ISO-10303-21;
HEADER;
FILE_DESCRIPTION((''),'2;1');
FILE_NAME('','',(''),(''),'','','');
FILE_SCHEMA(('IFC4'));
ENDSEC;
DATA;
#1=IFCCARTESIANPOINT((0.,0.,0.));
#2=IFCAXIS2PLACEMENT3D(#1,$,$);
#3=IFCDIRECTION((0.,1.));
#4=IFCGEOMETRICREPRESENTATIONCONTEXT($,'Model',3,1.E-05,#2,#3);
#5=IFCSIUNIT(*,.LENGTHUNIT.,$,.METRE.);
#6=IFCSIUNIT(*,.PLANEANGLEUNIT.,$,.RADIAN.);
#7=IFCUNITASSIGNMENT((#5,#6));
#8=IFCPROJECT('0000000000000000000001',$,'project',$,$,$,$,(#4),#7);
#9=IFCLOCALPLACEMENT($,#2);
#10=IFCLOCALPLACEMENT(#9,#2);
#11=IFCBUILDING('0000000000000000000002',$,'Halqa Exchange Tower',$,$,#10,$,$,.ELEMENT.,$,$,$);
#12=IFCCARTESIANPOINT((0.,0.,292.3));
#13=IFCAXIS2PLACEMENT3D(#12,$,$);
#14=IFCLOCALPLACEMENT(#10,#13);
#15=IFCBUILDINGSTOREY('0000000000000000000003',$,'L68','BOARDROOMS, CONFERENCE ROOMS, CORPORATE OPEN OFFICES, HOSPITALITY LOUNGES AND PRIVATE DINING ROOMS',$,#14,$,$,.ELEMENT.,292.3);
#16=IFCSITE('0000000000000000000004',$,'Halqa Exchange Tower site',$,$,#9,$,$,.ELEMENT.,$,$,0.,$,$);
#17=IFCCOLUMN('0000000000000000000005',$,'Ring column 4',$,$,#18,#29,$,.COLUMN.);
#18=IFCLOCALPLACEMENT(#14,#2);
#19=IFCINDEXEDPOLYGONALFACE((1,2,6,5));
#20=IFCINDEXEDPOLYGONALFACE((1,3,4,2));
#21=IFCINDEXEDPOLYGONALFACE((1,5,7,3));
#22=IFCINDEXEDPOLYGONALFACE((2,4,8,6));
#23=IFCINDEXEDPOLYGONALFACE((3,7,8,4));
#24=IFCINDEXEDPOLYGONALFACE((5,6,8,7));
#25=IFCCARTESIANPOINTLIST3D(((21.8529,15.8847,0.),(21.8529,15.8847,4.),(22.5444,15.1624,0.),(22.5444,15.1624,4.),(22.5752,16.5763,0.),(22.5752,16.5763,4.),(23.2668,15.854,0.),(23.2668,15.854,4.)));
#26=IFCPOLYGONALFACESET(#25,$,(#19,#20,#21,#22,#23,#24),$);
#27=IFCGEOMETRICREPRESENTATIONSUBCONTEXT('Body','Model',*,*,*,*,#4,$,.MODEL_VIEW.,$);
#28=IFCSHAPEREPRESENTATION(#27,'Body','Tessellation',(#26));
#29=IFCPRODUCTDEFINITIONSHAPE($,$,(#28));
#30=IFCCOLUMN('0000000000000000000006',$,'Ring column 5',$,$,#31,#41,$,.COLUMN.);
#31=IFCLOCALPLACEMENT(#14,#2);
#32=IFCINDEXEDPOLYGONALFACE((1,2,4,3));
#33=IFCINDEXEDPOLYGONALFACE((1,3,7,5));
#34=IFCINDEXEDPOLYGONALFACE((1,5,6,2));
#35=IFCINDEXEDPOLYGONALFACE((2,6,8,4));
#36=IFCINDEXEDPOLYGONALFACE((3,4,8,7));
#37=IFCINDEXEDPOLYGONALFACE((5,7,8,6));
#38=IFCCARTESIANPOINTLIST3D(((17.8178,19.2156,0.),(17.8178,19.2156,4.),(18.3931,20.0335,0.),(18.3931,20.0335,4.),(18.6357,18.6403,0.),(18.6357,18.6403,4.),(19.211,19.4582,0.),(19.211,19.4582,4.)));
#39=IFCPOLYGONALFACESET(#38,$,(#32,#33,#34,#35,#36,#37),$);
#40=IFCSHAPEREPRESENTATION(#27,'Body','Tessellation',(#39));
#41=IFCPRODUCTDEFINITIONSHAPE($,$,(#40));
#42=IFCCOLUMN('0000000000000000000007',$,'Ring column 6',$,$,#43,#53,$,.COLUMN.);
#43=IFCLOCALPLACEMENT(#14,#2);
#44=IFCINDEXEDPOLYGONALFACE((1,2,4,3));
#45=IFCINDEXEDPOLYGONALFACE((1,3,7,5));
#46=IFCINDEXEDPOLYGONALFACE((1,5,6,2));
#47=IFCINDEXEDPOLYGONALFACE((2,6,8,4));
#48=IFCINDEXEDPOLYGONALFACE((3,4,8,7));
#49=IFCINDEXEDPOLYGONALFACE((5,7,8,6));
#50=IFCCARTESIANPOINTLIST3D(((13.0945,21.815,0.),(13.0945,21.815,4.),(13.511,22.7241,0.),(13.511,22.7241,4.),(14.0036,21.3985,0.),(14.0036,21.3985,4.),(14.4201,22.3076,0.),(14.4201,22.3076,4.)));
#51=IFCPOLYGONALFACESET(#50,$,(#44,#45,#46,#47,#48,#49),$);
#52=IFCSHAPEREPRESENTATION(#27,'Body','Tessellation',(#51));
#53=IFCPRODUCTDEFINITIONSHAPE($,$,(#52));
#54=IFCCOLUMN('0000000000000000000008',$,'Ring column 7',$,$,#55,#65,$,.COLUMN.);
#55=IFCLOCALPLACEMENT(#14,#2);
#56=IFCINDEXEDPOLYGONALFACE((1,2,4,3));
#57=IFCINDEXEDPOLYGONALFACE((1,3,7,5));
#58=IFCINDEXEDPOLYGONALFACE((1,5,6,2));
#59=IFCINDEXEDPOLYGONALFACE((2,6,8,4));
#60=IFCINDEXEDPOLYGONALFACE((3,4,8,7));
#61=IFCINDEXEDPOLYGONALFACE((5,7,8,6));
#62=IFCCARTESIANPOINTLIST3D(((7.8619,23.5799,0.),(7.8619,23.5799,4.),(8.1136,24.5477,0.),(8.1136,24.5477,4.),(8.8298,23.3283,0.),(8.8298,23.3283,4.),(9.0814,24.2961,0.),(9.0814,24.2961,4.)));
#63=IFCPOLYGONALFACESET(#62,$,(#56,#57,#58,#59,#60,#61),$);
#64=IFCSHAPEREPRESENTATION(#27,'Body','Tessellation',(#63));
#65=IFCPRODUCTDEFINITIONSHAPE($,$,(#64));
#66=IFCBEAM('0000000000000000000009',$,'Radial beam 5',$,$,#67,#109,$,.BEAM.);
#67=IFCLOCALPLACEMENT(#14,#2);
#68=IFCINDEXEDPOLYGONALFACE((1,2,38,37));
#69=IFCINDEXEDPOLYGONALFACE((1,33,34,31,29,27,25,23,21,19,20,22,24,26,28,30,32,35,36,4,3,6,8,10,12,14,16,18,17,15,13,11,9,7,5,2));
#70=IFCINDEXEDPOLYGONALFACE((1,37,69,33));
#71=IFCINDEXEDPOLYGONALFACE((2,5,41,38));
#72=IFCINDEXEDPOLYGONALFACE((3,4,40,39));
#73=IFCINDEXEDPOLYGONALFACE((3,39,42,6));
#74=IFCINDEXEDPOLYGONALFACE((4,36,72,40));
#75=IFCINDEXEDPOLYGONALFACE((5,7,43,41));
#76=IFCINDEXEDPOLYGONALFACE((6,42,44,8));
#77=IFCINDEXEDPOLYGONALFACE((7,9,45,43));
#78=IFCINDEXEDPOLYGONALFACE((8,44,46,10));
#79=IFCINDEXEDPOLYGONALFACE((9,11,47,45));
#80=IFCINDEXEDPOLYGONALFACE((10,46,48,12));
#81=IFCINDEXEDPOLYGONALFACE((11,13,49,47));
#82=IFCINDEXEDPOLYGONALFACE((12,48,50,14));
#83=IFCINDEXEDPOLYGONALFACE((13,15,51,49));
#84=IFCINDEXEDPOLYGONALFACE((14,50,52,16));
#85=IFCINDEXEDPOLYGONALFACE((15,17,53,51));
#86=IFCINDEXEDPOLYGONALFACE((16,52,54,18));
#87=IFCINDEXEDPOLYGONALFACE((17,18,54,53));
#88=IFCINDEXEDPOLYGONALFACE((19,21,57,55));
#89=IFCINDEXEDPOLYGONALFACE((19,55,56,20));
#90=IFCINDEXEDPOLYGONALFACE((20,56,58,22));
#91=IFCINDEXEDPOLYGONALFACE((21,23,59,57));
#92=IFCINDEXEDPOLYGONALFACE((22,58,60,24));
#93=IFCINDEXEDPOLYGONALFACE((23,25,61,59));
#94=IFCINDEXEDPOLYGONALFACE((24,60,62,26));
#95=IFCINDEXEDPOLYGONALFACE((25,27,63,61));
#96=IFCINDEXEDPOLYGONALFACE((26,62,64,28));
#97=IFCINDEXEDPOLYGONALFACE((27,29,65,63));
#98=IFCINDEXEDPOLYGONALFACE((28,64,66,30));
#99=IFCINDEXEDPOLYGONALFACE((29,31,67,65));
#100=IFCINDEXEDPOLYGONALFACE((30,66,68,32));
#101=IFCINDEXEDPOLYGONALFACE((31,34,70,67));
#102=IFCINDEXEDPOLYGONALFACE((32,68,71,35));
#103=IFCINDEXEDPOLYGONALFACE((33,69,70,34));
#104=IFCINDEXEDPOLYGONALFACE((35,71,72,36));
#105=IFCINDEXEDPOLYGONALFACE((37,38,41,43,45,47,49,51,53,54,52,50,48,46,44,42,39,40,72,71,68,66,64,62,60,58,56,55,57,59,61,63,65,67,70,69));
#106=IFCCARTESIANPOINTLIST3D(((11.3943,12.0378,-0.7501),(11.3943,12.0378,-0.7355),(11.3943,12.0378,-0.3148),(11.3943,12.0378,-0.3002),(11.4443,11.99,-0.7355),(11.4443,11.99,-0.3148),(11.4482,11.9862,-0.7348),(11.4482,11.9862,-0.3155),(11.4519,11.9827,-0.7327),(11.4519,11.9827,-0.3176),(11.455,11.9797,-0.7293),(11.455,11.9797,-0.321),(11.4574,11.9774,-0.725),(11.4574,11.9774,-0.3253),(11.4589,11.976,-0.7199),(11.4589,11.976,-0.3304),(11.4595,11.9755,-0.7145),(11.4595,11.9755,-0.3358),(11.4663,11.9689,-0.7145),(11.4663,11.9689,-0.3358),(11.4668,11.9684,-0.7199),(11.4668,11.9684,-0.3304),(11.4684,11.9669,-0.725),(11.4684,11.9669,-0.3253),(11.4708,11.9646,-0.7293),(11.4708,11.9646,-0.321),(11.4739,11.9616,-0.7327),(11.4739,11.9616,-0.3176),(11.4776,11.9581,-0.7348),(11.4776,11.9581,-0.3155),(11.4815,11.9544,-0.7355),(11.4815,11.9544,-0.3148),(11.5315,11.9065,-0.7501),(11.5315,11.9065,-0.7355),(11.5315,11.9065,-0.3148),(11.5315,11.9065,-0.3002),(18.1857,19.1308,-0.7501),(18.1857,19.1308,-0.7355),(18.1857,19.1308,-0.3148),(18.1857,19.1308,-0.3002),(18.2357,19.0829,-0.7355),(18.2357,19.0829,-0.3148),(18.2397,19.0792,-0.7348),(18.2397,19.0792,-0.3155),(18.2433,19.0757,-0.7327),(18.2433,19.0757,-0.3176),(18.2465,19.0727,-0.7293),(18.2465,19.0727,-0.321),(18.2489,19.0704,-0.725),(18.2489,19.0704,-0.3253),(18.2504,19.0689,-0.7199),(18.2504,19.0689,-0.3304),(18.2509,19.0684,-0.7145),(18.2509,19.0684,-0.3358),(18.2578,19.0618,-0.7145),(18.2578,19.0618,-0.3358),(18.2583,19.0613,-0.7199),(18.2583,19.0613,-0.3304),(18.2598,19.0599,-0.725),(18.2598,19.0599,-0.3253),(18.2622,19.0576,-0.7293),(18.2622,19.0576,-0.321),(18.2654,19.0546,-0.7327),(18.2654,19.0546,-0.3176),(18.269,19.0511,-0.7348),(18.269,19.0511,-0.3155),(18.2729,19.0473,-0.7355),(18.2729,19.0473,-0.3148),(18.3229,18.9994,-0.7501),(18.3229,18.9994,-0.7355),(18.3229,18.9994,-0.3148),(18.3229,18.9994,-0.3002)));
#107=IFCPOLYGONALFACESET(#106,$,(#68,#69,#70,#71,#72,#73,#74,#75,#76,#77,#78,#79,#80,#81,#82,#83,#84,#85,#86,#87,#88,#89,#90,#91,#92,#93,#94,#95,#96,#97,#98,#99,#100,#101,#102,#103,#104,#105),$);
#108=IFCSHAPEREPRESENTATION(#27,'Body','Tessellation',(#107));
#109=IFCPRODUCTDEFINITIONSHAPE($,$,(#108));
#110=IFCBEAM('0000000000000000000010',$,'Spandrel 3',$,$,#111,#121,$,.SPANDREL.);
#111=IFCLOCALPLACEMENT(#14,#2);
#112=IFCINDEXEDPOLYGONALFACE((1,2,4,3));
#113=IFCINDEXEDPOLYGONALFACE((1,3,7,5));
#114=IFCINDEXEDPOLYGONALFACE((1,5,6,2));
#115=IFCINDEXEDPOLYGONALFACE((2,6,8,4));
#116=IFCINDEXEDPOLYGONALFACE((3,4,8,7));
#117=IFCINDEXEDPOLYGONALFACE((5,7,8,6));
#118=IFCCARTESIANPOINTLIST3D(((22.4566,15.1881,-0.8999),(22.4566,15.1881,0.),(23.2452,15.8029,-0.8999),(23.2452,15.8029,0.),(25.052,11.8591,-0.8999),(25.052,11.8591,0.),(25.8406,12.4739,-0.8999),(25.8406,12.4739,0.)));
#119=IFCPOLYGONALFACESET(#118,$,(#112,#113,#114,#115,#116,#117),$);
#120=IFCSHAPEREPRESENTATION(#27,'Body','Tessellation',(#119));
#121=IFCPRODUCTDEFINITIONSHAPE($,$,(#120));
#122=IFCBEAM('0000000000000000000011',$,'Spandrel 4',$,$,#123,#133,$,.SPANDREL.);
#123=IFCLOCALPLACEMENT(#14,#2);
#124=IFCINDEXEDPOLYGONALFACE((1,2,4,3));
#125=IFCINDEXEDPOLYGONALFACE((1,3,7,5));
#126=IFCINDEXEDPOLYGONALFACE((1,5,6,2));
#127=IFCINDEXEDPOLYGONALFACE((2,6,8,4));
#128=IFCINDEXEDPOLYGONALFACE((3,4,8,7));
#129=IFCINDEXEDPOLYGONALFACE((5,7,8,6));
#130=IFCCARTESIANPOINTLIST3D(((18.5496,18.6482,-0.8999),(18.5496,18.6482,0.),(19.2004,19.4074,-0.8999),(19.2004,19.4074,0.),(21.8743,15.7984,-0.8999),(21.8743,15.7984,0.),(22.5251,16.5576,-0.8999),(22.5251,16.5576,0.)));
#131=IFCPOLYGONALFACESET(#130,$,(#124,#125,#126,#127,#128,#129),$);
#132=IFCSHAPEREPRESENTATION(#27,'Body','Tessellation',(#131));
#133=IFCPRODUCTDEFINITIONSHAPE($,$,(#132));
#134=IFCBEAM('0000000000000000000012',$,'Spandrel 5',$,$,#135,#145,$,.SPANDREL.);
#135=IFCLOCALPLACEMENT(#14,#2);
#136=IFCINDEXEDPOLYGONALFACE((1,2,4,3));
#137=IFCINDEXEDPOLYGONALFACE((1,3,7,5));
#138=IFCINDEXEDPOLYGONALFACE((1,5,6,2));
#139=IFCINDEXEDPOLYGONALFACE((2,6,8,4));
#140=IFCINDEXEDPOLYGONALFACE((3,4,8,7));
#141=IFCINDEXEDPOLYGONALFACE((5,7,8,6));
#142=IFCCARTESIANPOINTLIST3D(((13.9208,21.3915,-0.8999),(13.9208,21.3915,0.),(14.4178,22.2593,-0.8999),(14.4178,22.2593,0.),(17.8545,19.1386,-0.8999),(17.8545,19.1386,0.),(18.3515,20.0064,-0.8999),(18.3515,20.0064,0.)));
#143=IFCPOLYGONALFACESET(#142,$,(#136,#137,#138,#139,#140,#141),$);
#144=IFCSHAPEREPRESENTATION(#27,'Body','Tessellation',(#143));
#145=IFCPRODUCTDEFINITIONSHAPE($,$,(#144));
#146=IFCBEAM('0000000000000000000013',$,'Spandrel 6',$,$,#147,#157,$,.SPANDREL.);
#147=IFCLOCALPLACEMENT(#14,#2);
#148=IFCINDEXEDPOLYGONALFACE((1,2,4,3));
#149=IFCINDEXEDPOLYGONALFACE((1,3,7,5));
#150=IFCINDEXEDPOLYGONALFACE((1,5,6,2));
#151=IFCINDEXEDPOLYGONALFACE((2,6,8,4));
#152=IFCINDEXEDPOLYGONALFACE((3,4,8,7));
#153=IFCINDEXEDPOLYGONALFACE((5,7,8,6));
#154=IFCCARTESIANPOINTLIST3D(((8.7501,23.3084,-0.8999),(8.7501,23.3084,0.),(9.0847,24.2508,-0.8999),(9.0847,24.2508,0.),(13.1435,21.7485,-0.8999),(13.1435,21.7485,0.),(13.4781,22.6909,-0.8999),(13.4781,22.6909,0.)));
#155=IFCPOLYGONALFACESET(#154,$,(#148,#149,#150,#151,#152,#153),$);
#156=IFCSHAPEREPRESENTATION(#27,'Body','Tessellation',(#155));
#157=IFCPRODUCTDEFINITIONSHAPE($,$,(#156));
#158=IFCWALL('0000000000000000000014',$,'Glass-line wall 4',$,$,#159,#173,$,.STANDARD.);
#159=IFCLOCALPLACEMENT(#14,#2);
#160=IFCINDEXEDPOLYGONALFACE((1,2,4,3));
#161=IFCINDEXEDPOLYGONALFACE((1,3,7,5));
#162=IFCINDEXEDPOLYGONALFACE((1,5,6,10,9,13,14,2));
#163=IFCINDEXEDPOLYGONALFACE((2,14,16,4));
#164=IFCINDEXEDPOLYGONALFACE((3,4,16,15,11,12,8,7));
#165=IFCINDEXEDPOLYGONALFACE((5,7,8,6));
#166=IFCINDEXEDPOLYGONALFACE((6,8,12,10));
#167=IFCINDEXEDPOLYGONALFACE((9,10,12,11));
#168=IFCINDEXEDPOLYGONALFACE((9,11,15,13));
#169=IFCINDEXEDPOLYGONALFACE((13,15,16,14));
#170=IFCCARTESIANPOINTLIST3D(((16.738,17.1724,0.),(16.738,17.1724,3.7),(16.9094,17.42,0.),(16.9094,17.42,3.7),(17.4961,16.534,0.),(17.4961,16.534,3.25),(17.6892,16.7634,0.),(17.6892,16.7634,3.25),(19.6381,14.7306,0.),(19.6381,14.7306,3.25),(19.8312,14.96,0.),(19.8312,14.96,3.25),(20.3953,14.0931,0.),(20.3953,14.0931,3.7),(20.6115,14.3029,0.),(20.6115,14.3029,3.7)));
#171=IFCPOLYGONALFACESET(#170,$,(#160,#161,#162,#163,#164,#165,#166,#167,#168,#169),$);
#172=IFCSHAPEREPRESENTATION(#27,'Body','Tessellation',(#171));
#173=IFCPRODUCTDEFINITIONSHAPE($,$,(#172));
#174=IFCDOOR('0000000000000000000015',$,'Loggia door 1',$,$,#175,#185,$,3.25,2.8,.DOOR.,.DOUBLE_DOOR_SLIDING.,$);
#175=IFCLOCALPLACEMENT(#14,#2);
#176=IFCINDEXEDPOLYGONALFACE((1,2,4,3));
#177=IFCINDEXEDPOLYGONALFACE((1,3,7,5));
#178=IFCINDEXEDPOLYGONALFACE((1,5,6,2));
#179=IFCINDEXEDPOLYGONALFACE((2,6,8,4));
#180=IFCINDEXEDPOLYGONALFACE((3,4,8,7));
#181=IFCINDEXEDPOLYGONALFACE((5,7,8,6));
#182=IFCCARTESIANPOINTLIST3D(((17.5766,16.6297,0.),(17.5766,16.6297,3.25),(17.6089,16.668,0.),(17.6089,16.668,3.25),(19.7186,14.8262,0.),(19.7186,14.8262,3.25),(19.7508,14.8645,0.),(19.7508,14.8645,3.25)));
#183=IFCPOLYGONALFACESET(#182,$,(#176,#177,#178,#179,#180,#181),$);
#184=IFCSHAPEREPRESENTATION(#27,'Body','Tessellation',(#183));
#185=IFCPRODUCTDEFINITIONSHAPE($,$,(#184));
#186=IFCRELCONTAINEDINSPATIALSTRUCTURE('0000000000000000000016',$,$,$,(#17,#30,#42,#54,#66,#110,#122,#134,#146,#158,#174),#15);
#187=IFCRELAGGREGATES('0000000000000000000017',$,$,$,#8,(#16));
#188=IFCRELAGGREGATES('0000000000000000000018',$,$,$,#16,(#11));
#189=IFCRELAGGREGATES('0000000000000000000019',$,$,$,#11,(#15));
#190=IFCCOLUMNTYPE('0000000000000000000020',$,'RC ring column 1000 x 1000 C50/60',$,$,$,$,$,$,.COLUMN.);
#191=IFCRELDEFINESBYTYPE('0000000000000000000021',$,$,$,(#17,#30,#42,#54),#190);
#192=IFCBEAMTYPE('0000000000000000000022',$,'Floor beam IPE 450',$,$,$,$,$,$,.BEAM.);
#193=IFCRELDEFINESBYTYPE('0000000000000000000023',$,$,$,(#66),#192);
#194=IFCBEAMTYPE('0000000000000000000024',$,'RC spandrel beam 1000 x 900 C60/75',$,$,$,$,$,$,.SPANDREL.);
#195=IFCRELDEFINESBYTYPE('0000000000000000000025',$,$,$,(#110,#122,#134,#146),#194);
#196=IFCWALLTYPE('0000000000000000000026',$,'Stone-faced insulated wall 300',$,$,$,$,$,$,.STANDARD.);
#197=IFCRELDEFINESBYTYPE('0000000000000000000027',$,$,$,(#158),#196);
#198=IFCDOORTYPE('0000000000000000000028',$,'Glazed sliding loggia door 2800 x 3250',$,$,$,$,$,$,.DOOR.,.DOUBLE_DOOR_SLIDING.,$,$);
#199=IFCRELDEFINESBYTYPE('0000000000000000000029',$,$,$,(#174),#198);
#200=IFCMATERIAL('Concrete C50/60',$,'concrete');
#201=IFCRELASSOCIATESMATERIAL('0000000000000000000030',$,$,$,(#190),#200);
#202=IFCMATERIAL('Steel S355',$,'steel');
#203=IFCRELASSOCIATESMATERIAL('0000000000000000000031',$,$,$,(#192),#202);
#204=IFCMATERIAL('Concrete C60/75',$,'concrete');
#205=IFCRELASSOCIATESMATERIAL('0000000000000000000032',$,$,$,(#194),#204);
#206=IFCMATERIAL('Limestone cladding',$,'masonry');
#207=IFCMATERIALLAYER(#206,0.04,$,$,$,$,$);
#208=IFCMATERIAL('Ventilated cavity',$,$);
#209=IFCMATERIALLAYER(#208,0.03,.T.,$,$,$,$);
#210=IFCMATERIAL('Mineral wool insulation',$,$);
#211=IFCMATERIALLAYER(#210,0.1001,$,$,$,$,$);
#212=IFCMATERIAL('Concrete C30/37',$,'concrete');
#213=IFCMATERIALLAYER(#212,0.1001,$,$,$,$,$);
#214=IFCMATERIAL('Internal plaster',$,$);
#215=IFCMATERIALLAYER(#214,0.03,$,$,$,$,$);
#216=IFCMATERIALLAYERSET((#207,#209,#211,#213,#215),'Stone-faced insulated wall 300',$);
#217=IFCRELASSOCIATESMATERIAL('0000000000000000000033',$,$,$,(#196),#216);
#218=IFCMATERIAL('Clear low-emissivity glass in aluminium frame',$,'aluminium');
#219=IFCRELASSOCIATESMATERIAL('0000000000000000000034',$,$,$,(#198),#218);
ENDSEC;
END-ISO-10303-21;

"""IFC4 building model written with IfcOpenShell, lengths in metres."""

from ifc_helpers import new_model, si_unit, direction, frame, frame_2d, origin, origin_2d, place, context, subcontext, project, spatial, polyline, rectangle, i_section, outline, extrude, material, layer, layer_set, material_profile, profile_set, type_object, element, fill, save


model = new_model("IFC4")

# Units and contexts
model_context = context("Model", 3, precision=1e-05, world=origin(), true_north=direction((0.0, 1.0)))
body_context = subcontext(model_context, "Body", "Model", "MODEL_VIEW")
ifc_project = project(units=[si_unit("LENGTHUNIT", "METRE"), si_unit("PLANEANGLEUNIT", "RADIAN")], contexts=[model_context])

# Site, building, storey
site_placement = place(None, origin())
site = spatial("IfcSite", under=ifc_project, at=site_placement, Name="Halqa Exchange Tower site", CompositionType="ELEMENT", RefElevation=0.0)
building_placement = place(site_placement, origin())
building = spatial("IfcBuilding", under=site, at=building_placement, Name="Halqa Exchange Tower", CompositionType="ELEMENT")
storey_placement = place(building_placement, frame((0.0, 0.0, 292.3)))
storey = spatial("IfcBuildingStorey", under=building, at=storey_placement, Name="L68", Description="BOARDROOMS, CONFERENCE ROOMS, CORPORATE OPEN OFFICES, HOSPITALITY LOUNGES AND PRIVATE DINING ROOMS", CompositionType="ELEMENT", Elevation=292.3)

# Columns
ifc_material_1 = material(Name="Concrete C50/60", Category="concrete")
ifc_material_profile_1 = material_profile(ifc_material_1, rectangle(XDim=1.0, YDim=1.0, at=origin_2d()), Name="1000 x 1000")
ifc_profile_set_1 = profile_set([ifc_material_profile_1], Name="Concrete C50/60")
column_type = type_object("IfcColumnType", Name="RC ring column 1000 x 1000 C50/60", PredefinedType="COLUMN", material=ifc_profile_set_1)
for number, where, z_axis, x_axis, name in (
    (1, (22.5598, 15.8694, 0.0), (0.0, 0.0, 1.0), (-0.691575, 0.722305, 0.0), "Ring column 4"),
    (2, (18.5144, 19.3369, 0.0), (0.0, 0.0, 1.0), (-0.817906, 0.575352, 0.0), "Ring column 5"),
    (3, (13.7573, 22.0613, 0.0), (0.0, 0.0, 1.0), (-0.909129, 0.416516, 0.0), "Ring column 6"),
    (4, (8.4717, 23.938, 0.0), (0.0, 0.0, 1.0), (-0.967821, 0.251639, 0.0), "Ring column 7"),
):
    element("IfcColumn", number, at=place(storey_placement, frame(where, z_axis=z_axis, x_axis=x_axis)), inside=storey, type_object=column_type, Name=name, PredefinedType="COLUMN", context=body_context, shape_type="SweptSolid", body=[
        extrude(rectangle(XDim=1.0, YDim=1.0, at=origin_2d()), origin(), (0.0, 0.0, 1.0), 4.0),
    ])

# Beams
ifc_material_2 = material(Name="Steel S355", Category="steel")
ifc_material_profile_2 = material_profile(ifc_material_2, i_section(OverallWidth=0.1899, OverallDepth=0.45, WebThickness=0.0095, FlangeThickness=0.0146, FilletRadius=0.021, at=origin_2d()), Name="IPE 450")
ifc_profile_set_2 = profile_set([ifc_material_profile_2], Name="Steel S355")
beam_type_1 = type_object("IfcBeamType", Name="Floor beam IPE 450", PredefinedType="BEAM", material=ifc_profile_set_2)
beam_1_placement = place(storey_placement, frame((11.4629, 11.9722, -0.5251), z_axis=(0.691588, 0.722292, 0.0), x_axis=(-0.722292, 0.691588, 0.0)))
element("IfcBeam", 5, at=beam_1_placement, inside=storey, type_object=beam_type_1, Name="Radial beam 5", PredefinedType="BEAM", context=body_context, shape_type="SweptSolid", body=[
    extrude(i_section(OverallWidth=0.1899, OverallDepth=0.45, WebThickness=0.0095, FlangeThickness=0.0146, FilletRadius=0.021, at=origin_2d()), origin(), (0.0, 0.0, 1.0), 9.8201),
])
ifc_material_3 = material(Name="Concrete C60/75", Category="concrete")
ifc_material_profile_3 = material_profile(ifc_material_3, rectangle(XDim=1.0, YDim=0.8999, at=origin_2d()), Name="1000 x 900")
ifc_profile_set_3 = profile_set([ifc_material_profile_3], Name="Concrete C60/75")
beam_type_2 = type_object("IfcBeamType", Name="RC spandrel beam 1000 x 900 C60/75", PredefinedType="SPANDREL", material=ifc_profile_set_3)
beam_2_placement = place(storey_placement, frame((25.4463, 12.1665, -0.45), z_axis=(-0.614849, 0.788645, 0.0), x_axis=(-0.788645, -0.614849, 0.0)))
element("IfcBeam", 6, at=beam_2_placement, inside=storey, type_object=beam_type_2, Name="Spandrel 3", PredefinedType="SPANDREL", context=body_context, shape_type="SweptSolid", body=[
    extrude(rectangle(XDim=1.0, YDim=0.8999, at=origin_2d()), origin(), (0.0, 0.0, 1.0), 4.2212),
])
beam_3_placement = place(storey_placement, frame((22.1997, 16.178, -0.45), z_axis=(-0.759245, 0.650805, 0.0), x_axis=(-0.650805, -0.759245, 0.0)))
element("IfcBeam", 7, at=beam_3_placement, inside=storey, type_object=beam_type_2, Name="Spandrel 4", PredefinedType="SPANDREL", context=body_context, shape_type="SweptSolid", body=[
    extrude(rectangle(XDim=1.0, YDim=0.8999, at=origin_2d()), origin(), (0.0, 0.0, 1.0), 4.3789),
])
beam_4_placement = place(storey_placement, frame((18.103, 19.5725, -0.45), z_axis=(-0.867766, 0.496974, 0.0), x_axis=(-0.496974, -0.867766, 0.0)))
element("IfcBeam", 8, at=beam_4_placement, inside=storey, type_object=beam_type_2, Name="Spandrel 5", PredefinedType="SPANDREL", context=body_context, shape_type="SweptSolid", body=[
    extrude(rectangle(XDim=1.0, YDim=0.8999, at=origin_2d()), origin(), (0.0, 0.0, 1.0), 4.5332),
])
beam_5_placement = place(storey_placement, frame((13.3108, 22.2197, -0.45), z_axis=(-0.942367, 0.334581, 0.0), x_axis=(-0.334581, -0.942367, 0.0)))
element("IfcBeam", 9, at=beam_5_placement, inside=storey, type_object=beam_type_2, Name="Spandrel 6", PredefinedType="SPANDREL", context=body_context, shape_type="SweptSolid", body=[
    extrude(rectangle(XDim=1.0, YDim=0.8999, at=origin_2d()), origin(), (0.0, 0.0, 1.0), 4.6621),
])

# Wall, opening, door
ifc_material_4 = material(Name="Limestone cladding", Category="masonry")
ifc_layer_1 = layer(ifc_material_4, 0.04)
ifc_material_5 = material(Name="Ventilated cavity")
ifc_layer_2 = layer(ifc_material_5, 0.03, ventilated=True)
ifc_material_6 = material(Name="Mineral wool insulation")
ifc_layer_3 = layer(ifc_material_6, 0.1001)
ifc_material_7 = material(Name="Concrete C30/37", Category="concrete")
ifc_layer_4 = layer(ifc_material_7, 0.1001)
ifc_material_8 = material(Name="Internal plaster")
ifc_layer_5 = layer(ifc_material_8, 0.03)
ifc_layer_set = layer_set([ifc_layer_1, ifc_layer_2, ifc_layer_3, ifc_layer_4, ifc_layer_5], Name="Stone-faced insulated wall 300")
wall_type = type_object("IfcWallType", Name="Stone-faced insulated wall 300", PredefinedType="STANDARD", material=ifc_layer_set)
wall_1_placement = place(storey_placement, frame((20.5034, 14.198, 0.0), z_axis=(0.0, 0.0, 1.0), x_axis=(-0.764966, 0.64407, 0.0)))
wall_1 = element("IfcWall", 10, at=wall_1_placement, inside=storey, type_object=wall_type, Name="Glass-line wall 4", PredefinedType="STANDARD", context=body_context, shape_type="SweptSolid", body=[
    extrude(outline(polyline([(-0.0151, -0.1499), (4.8245, -0.1499), (4.7961, 0.1499), (0.0151, 0.1499), (-0.0151, -0.1499)])), origin(), (0.0, 0.0, 1.0), 3.7),
])
opening_1_placement = place(wall_1_placement, frame((1.0051, 0.0, 0.0)))
opening_1 = element("IfcOpeningElement", 11, at=opening_1_placement, cuts=wall_1, PredefinedType="OPENING", context=body_context, shape_type="SweptSolid", body=[
    extrude(rectangle(XDim=2.8, YDim=3.25, at=frame_2d((1.3999, 1.625))), frame((0.0, 0.1621, 0.0), z_axis=(0.0, -1.0, 0.0), x_axis=(1.0, 0.0, 0.0)), (0.0, 0.0, 1.0), 0.324),
])
ifc_material_9 = material(Name="Clear low-emissivity glass in aluminium frame", Category="aluminium")
door_type = type_object("IfcDoorType", Name="Glazed sliding loggia door 2800 x 3250", OperationType="DOUBLE_DOOR_SLIDING", PredefinedType="DOOR", material=ifc_material_9)
door_placement = place(opening_1_placement, origin())
door = element("IfcDoor", 12, at=door_placement, inside=storey, type_object=door_type, Name="Loggia door 1", OperationType="DOUBLE_DOOR_SLIDING", OverallHeight=3.25, OverallWidth=2.8, PredefinedType="DOOR", context=body_context, shape_type="SweptSolid", body=[
    extrude(rectangle(XDim=2.8, YDim=3.25, at=frame_2d((1.3999, 1.625))), frame((0.0, 0.0249, 0.0), z_axis=(0.0, -1.0, 0.0), x_axis=(1.0, 0.0, 0.0)), (0.0, 0.0, 1.0), 0.05),
])
fill(opening_1, door)

save(model, "model.ifc")
